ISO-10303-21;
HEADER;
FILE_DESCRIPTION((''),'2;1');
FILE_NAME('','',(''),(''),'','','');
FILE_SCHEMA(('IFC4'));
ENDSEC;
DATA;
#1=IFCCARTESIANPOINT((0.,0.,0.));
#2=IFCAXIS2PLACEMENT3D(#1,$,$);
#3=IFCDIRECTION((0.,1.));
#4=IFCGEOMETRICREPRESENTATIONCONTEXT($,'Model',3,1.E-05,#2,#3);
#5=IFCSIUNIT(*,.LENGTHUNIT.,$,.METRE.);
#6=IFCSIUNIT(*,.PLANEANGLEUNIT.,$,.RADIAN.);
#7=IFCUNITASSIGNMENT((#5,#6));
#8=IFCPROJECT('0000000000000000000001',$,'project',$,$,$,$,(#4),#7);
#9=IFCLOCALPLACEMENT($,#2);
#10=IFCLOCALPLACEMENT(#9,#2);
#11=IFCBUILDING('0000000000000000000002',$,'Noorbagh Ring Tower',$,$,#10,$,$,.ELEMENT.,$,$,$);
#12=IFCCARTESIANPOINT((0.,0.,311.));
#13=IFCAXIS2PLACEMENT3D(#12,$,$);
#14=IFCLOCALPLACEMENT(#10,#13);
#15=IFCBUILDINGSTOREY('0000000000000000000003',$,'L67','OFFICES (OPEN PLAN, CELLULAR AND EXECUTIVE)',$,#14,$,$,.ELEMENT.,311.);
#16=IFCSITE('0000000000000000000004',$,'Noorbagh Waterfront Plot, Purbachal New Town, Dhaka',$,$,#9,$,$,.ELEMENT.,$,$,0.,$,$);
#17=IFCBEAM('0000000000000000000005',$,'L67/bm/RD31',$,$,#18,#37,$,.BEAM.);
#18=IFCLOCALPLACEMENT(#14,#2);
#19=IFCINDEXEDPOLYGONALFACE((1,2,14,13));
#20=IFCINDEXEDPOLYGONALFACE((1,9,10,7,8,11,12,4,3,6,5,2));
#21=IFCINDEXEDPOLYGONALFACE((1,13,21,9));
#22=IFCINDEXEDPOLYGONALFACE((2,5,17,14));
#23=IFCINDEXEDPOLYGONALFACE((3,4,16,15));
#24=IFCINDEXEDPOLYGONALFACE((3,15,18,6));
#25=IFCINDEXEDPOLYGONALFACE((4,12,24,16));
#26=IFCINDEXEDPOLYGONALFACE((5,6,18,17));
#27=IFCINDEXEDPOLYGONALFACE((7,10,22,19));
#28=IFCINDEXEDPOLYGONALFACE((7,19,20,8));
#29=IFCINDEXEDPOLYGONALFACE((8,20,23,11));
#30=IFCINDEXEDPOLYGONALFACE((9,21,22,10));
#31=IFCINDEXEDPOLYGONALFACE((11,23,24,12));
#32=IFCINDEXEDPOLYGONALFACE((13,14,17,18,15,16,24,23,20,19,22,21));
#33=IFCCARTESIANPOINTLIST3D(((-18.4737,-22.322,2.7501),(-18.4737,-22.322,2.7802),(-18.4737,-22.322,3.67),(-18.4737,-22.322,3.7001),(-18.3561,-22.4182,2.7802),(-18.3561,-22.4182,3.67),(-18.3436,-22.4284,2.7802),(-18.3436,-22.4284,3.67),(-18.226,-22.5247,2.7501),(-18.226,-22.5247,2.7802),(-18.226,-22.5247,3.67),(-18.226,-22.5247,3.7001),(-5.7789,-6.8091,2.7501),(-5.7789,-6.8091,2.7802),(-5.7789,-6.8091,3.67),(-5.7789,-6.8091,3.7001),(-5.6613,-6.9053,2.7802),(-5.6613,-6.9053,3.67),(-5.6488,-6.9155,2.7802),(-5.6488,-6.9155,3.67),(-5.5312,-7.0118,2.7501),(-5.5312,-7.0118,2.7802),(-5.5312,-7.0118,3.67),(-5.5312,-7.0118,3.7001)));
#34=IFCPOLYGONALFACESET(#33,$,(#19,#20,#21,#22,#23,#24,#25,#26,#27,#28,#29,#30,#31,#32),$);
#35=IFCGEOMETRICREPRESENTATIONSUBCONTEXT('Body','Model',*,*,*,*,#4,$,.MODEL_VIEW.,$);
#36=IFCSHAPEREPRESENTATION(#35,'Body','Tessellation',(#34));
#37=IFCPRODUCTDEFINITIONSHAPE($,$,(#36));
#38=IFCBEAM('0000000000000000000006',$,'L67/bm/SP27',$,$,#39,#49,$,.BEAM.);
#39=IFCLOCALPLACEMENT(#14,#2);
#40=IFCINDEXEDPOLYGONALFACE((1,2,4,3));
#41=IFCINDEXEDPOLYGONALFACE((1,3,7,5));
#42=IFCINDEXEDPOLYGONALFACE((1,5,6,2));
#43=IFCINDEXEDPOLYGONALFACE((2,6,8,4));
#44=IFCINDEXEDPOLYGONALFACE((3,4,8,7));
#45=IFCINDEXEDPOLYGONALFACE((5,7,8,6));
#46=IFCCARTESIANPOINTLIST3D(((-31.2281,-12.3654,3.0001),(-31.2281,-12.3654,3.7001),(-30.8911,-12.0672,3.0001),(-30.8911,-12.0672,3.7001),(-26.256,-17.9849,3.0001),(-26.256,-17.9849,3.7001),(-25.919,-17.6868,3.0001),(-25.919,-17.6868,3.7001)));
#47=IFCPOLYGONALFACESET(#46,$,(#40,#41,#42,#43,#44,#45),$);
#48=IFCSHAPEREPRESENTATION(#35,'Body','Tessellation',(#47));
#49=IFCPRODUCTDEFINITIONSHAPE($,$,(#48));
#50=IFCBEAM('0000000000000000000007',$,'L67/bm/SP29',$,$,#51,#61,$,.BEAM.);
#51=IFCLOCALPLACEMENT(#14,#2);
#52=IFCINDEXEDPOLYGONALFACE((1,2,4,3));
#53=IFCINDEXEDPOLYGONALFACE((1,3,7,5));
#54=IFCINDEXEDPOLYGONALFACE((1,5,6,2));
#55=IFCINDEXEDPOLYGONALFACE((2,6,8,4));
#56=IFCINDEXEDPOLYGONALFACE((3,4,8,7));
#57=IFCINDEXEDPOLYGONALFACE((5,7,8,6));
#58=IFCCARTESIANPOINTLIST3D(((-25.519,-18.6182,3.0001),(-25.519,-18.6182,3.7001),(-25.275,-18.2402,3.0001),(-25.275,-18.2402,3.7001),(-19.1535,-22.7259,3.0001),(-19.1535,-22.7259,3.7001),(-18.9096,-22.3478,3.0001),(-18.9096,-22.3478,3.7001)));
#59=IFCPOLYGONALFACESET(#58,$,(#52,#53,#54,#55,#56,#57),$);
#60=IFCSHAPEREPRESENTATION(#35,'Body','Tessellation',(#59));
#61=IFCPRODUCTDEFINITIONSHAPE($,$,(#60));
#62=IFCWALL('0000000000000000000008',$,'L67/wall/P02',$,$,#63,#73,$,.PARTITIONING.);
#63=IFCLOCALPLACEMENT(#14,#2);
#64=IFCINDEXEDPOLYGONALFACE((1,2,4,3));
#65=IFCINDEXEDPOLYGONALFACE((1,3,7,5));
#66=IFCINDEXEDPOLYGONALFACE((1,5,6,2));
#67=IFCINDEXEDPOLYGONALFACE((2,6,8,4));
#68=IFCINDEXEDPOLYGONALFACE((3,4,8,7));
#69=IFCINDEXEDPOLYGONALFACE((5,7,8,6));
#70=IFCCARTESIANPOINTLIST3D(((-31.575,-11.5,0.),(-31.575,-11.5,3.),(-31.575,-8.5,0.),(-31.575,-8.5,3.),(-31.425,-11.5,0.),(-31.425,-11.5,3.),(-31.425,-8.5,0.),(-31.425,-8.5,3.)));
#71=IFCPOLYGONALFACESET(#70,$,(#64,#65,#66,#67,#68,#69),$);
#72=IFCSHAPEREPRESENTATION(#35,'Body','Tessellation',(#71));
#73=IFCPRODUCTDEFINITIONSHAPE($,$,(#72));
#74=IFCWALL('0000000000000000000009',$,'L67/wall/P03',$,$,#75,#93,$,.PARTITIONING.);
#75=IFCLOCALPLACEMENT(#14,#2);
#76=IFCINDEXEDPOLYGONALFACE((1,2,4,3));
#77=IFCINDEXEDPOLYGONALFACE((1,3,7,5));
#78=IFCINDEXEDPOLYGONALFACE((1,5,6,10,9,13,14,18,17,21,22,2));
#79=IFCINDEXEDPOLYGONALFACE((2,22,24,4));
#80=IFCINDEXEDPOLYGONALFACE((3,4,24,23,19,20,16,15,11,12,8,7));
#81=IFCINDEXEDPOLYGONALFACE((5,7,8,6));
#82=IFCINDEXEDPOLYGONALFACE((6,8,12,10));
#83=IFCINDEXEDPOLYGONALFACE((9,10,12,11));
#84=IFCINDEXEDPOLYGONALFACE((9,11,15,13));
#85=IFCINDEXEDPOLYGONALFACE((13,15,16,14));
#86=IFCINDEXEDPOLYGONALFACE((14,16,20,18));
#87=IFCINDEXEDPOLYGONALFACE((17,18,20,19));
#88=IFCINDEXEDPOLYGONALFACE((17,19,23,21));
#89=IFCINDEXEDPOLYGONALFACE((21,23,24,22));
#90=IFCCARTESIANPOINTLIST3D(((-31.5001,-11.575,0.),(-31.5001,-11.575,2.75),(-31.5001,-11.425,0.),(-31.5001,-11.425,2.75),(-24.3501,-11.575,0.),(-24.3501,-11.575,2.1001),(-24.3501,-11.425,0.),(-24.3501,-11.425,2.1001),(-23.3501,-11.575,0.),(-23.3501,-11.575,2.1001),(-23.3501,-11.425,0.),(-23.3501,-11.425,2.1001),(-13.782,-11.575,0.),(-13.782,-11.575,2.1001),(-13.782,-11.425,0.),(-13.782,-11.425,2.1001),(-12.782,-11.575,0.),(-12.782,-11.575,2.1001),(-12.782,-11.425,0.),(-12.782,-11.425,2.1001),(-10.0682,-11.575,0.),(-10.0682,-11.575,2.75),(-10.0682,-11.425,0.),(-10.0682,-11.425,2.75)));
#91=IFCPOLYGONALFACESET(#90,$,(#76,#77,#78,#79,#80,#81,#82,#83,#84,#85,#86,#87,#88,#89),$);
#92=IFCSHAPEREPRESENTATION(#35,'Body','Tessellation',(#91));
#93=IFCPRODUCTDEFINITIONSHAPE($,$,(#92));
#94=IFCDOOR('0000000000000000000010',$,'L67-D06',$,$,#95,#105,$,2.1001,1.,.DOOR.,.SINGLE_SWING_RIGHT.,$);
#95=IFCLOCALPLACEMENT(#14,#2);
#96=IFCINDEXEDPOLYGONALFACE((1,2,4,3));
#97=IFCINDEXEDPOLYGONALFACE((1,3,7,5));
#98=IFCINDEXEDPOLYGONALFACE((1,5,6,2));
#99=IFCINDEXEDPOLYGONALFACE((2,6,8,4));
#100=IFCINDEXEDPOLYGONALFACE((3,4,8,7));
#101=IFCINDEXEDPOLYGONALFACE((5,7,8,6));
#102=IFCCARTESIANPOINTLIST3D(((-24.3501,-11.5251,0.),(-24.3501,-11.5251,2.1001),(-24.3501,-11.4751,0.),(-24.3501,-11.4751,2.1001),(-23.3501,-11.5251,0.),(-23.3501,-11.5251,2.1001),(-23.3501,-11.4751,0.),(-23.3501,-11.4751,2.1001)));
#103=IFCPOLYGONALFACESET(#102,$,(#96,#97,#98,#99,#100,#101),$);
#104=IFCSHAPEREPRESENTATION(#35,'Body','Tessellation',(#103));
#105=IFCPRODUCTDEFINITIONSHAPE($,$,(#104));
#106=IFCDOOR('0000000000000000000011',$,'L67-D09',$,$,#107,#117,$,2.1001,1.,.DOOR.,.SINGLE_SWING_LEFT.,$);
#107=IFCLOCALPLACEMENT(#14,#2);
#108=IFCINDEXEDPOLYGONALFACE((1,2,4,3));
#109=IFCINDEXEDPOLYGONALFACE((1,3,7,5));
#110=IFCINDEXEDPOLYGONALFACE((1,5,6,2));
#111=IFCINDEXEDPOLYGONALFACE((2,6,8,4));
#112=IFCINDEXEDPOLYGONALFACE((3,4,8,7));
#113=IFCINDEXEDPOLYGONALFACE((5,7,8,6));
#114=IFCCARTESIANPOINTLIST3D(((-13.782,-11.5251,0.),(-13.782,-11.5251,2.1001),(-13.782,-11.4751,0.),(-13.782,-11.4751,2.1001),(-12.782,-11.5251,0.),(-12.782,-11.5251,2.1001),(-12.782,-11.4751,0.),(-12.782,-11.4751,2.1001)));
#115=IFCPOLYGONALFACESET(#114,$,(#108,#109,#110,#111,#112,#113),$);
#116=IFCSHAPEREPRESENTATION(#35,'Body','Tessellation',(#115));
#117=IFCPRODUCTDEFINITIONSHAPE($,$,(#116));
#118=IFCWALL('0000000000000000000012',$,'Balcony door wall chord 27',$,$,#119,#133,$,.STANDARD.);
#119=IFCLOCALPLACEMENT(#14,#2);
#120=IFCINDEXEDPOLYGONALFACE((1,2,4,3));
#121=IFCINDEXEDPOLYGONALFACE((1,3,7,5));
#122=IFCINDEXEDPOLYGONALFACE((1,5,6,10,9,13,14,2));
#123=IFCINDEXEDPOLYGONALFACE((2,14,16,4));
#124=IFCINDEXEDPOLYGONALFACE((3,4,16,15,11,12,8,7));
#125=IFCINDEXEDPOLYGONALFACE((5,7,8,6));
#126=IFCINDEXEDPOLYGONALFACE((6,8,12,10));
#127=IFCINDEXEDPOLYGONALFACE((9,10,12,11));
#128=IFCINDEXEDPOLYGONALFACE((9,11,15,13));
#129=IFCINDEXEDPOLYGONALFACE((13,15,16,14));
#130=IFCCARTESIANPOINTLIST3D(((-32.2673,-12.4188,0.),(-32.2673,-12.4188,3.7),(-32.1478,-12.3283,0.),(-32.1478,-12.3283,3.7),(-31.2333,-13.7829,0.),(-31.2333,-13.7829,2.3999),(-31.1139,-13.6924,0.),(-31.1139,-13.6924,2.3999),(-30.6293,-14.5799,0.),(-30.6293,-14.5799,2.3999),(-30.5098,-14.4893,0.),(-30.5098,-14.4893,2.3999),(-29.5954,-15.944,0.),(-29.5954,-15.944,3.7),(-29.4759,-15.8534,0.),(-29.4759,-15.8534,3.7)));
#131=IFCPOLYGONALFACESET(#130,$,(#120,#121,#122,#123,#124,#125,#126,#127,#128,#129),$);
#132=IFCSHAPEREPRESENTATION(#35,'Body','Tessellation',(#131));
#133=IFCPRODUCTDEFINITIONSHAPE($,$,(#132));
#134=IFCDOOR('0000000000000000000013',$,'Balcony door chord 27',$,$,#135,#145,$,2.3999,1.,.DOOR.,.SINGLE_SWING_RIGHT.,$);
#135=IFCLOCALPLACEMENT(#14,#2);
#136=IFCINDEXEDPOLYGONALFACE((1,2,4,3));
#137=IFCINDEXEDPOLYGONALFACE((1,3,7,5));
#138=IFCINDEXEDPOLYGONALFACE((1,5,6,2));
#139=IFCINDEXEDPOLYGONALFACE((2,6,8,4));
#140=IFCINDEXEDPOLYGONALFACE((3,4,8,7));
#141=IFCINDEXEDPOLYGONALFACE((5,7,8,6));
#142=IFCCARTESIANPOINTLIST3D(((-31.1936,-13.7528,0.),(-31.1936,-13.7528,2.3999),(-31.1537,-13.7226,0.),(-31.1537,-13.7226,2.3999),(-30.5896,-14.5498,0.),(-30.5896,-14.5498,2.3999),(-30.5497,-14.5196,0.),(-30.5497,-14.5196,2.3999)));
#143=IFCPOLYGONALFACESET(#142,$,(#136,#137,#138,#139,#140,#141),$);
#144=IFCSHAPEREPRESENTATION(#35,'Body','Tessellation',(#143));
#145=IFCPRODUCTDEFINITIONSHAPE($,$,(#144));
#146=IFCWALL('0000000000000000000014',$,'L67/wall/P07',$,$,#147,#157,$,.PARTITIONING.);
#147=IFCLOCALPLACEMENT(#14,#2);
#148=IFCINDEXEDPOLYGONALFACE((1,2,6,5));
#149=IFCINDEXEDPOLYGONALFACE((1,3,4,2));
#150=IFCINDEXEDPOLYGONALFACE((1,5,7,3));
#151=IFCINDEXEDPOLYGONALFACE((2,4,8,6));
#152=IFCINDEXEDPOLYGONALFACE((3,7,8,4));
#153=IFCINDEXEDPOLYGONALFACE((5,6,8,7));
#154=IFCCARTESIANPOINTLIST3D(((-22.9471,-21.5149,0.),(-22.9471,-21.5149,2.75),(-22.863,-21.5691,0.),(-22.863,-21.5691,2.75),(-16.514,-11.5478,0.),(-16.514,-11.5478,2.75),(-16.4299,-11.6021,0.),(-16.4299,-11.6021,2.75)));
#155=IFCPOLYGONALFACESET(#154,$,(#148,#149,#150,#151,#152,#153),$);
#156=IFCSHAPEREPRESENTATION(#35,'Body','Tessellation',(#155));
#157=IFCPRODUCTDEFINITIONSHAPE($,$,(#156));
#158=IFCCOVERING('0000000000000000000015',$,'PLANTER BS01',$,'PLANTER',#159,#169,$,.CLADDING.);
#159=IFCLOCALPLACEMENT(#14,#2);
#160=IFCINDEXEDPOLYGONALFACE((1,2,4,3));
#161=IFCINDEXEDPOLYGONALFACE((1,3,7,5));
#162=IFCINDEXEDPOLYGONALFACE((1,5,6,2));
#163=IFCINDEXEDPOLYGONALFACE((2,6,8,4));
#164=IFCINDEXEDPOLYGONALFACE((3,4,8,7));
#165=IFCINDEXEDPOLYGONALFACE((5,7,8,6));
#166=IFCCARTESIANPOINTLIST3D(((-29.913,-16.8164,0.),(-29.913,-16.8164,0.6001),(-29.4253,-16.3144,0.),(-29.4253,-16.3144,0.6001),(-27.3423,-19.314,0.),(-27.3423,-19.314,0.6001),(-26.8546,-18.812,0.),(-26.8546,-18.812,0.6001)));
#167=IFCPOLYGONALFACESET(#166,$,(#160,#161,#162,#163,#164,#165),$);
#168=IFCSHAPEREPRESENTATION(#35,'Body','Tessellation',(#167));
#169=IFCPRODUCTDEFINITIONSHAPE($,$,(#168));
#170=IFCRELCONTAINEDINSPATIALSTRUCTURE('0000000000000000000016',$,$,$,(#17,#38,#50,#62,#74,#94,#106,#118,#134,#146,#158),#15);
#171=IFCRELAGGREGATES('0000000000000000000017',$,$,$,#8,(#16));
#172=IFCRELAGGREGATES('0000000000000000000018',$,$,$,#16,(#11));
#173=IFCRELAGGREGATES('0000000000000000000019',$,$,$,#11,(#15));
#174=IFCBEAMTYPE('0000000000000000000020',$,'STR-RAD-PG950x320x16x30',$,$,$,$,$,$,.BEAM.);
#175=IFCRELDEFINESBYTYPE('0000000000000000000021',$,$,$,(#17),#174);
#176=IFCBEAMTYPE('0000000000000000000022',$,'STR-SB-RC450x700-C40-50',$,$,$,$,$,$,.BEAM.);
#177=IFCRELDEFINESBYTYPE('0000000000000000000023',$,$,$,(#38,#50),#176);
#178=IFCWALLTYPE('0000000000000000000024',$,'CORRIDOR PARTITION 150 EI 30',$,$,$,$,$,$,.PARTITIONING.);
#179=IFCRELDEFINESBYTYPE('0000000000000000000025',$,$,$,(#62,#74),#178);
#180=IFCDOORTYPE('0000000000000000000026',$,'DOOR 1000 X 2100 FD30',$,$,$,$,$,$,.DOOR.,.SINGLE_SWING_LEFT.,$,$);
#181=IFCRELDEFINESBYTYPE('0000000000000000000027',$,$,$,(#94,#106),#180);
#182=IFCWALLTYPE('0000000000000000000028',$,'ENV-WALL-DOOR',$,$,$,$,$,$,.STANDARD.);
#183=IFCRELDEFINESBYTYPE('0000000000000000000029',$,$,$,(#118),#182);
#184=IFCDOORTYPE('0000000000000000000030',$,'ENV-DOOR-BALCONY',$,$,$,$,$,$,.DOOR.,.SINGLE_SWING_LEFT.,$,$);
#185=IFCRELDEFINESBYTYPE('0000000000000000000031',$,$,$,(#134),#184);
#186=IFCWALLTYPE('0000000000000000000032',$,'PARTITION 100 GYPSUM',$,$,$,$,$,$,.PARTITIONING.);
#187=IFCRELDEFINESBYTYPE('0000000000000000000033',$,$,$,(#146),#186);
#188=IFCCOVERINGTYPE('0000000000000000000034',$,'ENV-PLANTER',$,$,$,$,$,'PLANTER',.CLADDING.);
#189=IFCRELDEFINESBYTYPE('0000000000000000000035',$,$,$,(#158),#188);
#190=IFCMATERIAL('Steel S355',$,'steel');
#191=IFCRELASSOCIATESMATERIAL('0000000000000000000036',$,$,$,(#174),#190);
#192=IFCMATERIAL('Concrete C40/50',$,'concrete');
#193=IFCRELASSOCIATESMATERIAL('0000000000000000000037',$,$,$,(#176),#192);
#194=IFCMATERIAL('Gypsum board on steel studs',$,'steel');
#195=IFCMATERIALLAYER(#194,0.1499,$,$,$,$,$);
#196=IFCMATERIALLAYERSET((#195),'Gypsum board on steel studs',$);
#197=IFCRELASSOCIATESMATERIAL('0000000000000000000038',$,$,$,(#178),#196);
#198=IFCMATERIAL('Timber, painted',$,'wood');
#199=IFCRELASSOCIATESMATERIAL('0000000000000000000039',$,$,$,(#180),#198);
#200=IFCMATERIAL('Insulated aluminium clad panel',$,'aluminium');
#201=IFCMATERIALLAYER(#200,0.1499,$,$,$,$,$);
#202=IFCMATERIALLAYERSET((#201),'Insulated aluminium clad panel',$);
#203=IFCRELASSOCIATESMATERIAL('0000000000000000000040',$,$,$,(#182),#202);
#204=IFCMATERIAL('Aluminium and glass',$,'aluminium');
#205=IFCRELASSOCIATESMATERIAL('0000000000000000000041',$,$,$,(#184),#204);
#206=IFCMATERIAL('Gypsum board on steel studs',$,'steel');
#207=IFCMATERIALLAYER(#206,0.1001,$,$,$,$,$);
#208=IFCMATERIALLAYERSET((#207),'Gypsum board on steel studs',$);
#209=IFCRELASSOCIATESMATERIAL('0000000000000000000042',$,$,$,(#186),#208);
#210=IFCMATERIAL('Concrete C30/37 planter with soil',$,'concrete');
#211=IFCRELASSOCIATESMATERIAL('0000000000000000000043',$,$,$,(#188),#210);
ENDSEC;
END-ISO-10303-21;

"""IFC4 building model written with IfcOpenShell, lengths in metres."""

from ifc_helpers import new_model, si_unit, direction, frame, frame_2d, origin, origin_2d, place, context, subcontext, project, spatial, rectangle, i_section, extrude, material, layer, layer_set, material_profile, profile_set, type_object, element, fill, save


model = new_model("IFC4")

# Units and contexts
model_context = context("Model", 3, precision=1e-05, world=origin(), true_north=direction((0.0, 1.0)))
body_context = subcontext(model_context, "Body", "Model", "MODEL_VIEW")
ifc_project = project(units=[si_unit("LENGTHUNIT", "METRE"), si_unit("PLANEANGLEUNIT", "RADIAN")], contexts=[model_context])

# Site, building, storey
site_placement = place(None, origin())
site = spatial("IfcSite", under=ifc_project, at=site_placement, Name="Noorbagh Waterfront Plot, Purbachal New Town, Dhaka", CompositionType="ELEMENT", RefElevation=0.0)
building_placement = place(site_placement, origin())
building = spatial("IfcBuilding", under=site, at=building_placement, Name="Noorbagh Ring Tower", CompositionType="ELEMENT")
storey_placement = place(building_placement, frame((0.0, 0.0, 311.0)))
storey = spatial("IfcBuildingStorey", under=building, at=storey_placement, Name="L67", Description="OFFICES (OPEN PLAN, CELLULAR AND EXECUTIVE)", CompositionType="ELEMENT", Elevation=311.0)

# Beams
ifc_material_1 = material(Name="Steel S355", Category="steel")
ifc_material_profile_1 = material_profile(ifc_material_1, i_section(OverallWidth=0.3201, OverallDepth=0.95, WebThickness=0.0161, FlangeThickness=0.03, at=origin_2d()), Name="PG950x320x16x30")
ifc_profile_set_1 = profile_set([ifc_material_profile_1], Name="Steel S355")
beam_type_1 = type_object("IfcBeamType", Name="STR-RAD-PG950x320x16x30", PredefinedType="BEAM", material=ifc_profile_set_1)
beam_1_placement = place(storey_placement, frame((-18.3499, -22.4233, 3.2251), z_axis=(0.63331, 0.773898, 0.0), x_axis=(-0.773898, 0.63331, 0.0)))
element("IfcBeam", 1, at=beam_1_placement, inside=storey, type_object=beam_type_1, Name="L67/bm/RD31", PredefinedType="BEAM", context=body_context, shape_type="SweptSolid", body=[
    extrude(i_section(OverallWidth=0.3201, OverallDepth=0.95, WebThickness=0.0161, FlangeThickness=0.03, at=origin_2d()), origin(), (0.0, 0.0, 1.0), 20.0452),
])
ifc_material_2 = material(Name="Concrete C40/50", Category="concrete")
ifc_material_profile_2 = material_profile(ifc_material_2, rectangle(XDim=0.45, YDim=0.7, at=origin_2d()), Name="RC450x700")
ifc_profile_set_2 = profile_set([ifc_material_profile_2], Name="Concrete C40/50")
beam_type_2 = type_object("IfcBeamType", Name="STR-SB-RC450x700-C40-50", PredefinedType="BEAM", material=ifc_profile_set_2)
beam_2_placement = place(storey_placement, frame((-31.0596, -12.2163, 3.3501), z_axis=(0.662645, -0.748933, 0.0), x_axis=(0.748933, 0.662645, 0.0)))
element("IfcBeam", 2, at=beam_2_placement, inside=storey, type_object=beam_type_2, Name="L67/bm/SP27", PredefinedType="BEAM", context=body_context, shape_type="SweptSolid", body=[
    extrude(rectangle(XDim=0.45, YDim=0.7, at=origin_2d()), origin(), (0.0, 0.0, 1.0), 7.5034),
])
beam_3_placement = place(storey_placement, frame((-25.397, -18.4292, 3.3501), z_axis=(0.840242, -0.542211, 0.0), x_axis=(0.542211, 0.840242, 0.0)))
element("IfcBeam", 3, at=beam_3_placement, inside=storey, type_object=beam_type_2, Name="L67/bm/SP29", PredefinedType="BEAM", context=body_context, shape_type="SweptSolid", body=[
    extrude(rectangle(XDim=0.45, YDim=0.7, at=origin_2d()), origin(), (0.0, 0.0, 1.0), 7.5757),
])

# Wall
ifc_material_3 = material(Name="Gypsum board on steel studs", Category="steel")
ifc_layer_1 = layer(ifc_material_3, 0.1499)
ifc_layer_set_1 = layer_set([ifc_layer_1], Name="Gypsum board on steel studs")
wall_type_1 = type_object("IfcWallType", Name="CORRIDOR PARTITION 150 EI 30", PredefinedType="PARTITIONING", material=ifc_layer_set_1)
wall_1_placement = place(storey_placement, frame((-31.5, -11.5, 0.0), z_axis=(0.0, 0.0, 1.0), x_axis=(0.0, 1.0, 0.0)))
element("IfcWall", 4, at=wall_1_placement, inside=storey, type_object=wall_type_1, Name="L67/wall/P02", PredefinedType="PARTITIONING", context=body_context, shape_type="SweptSolid", body=[
    extrude(rectangle(XDim=3.0, YDim=0.1499, at=frame_2d((1.5, 0.0))), origin(), (0.0, 0.0, 1.0), 3.0),
])

# Wall, openings, doors
wall_2_placement = place(storey_placement, frame((-31.5, -11.5, 0.0), z_axis=(0.0, 0.0, 1.0), x_axis=(1.0, 0.0, 0.0)))
wall_2 = element("IfcWall", 5, at=wall_2_placement, inside=storey, type_object=wall_type_1, Name="L67/wall/P03", PredefinedType="PARTITIONING", context=body_context, shape_type="SweptSolid", body=[
    extrude(rectangle(XDim=21.4319, YDim=0.1499, at=frame_2d((10.7158, 0.0))), origin(), (0.0, 0.0, 1.0), 2.75),
])
opening_1_placement = place(wall_2_placement, frame((7.1499, 0.0, 0.0)))
opening_1 = element("IfcOpeningElement", 6, at=opening_1_placement, cuts=wall_2, PredefinedType="OPENING", context=body_context, shape_type="SweptSolid", body=[
    extrude(rectangle(XDim=1.0, YDim=2.1001, at=frame_2d((0.5, 1.05))), frame((0.0, 0.085, 0.0), z_axis=(0.0, -1.0, 0.0), x_axis=(1.0, 0.0, 0.0)), (0.0, 0.0, 1.0), 0.1699),
])
opening_2_placement = place(wall_2_placement, frame((17.718, 0.0, 0.0)))
opening_2 = element("IfcOpeningElement", 7, at=opening_2_placement, cuts=wall_2, PredefinedType="OPENING", context=body_context, shape_type="SweptSolid", body=[
    extrude(rectangle(XDim=1.0, YDim=2.1001, at=frame_2d((0.5, 1.05))), frame((0.0, 0.085, 0.0), z_axis=(0.0, -1.0, 0.0), x_axis=(1.0, 0.0, 0.0)), (0.0, 0.0, 1.0), 0.1699),
])
ifc_material_4 = material(Name="Timber, painted", Category="wood")
door_type_1 = type_object("IfcDoorType", Name="DOOR 1000 X 2100 FD30", OperationType="SINGLE_SWING_LEFT", PredefinedType="DOOR", material=ifc_material_4)
door_1_placement = place(opening_1_placement, origin())
door_1 = element("IfcDoor", 8, at=door_1_placement, inside=storey, type_object=door_type_1, Name="L67-D06", OperationType="SINGLE_SWING_RIGHT", OverallHeight=2.1001, OverallWidth=1.0, PredefinedType="DOOR", context=body_context, shape_type="SweptSolid", body=[
    extrude(rectangle(XDim=1.0, YDim=2.1001, at=frame_2d((0.5, 1.05))), frame((0.0, 0.0249, 0.0), z_axis=(0.0, -1.0, 0.0), x_axis=(1.0, 0.0, 0.0)), (0.0, 0.0, 1.0), 0.05),
])
fill(opening_1, door_1)
door_2_placement = place(opening_2_placement, origin())
door_2 = element("IfcDoor", 9, at=door_2_placement, inside=storey, type_object=door_type_1, Name="L67-D09", OperationType="SINGLE_SWING_LEFT", OverallHeight=2.1001, OverallWidth=1.0, PredefinedType="DOOR", context=body_context, shape_type="SweptSolid", body=[
    extrude(rectangle(XDim=1.0, YDim=2.1001, at=frame_2d((0.5, 1.05))), frame((0.0, 0.0249, 0.0), z_axis=(0.0, -1.0, 0.0), x_axis=(1.0, 0.0, 0.0)), (0.0, 0.0, 1.0), 0.05),
])
fill(opening_2, door_2)

# Wall, opening, door
ifc_material_5 = material(Name="Insulated aluminium clad panel", Category="aluminium")
ifc_layer_2 = layer(ifc_material_5, 0.1499)
ifc_layer_set_2 = layer_set([ifc_layer_2], Name="Insulated aluminium clad panel")
wall_type_2 = type_object("IfcWallType", Name="ENV-WALL-DOOR", PredefinedType="STANDARD", material=ifc_layer_set_2)
wall_3_placement = place(storey_placement, frame((-32.2075, -12.3735, 0.0), z_axis=(0.0, 0.0, 1.0), x_axis=(0.604046, -0.79695, 0.0)))
wall_3 = element("IfcWall", 10, at=wall_3_placement, inside=storey, type_object=wall_type_2, Name="Balcony door wall chord 27", PredefinedType="STANDARD", context=body_context, shape_type="SweptSolid", body=[
    extrude(rectangle(XDim=4.4233, YDim=0.1499, at=frame_2d((2.2117, 0.0))), origin(), (0.0, 0.0, 1.0), 3.7),
])
opening_3_placement = place(wall_3_placement, frame((1.7117, 0.0, 0.0)))
opening_3 = element("IfcOpeningElement", 11, at=opening_3_placement, cuts=wall_3, PredefinedType="OPENING", context=body_context, shape_type="SweptSolid", body=[
    extrude(rectangle(XDim=1.0, YDim=2.3999, at=frame_2d((0.5, 1.2))), frame((0.0, 0.085, 0.0), z_axis=(0.0, -1.0, 0.0), x_axis=(1.0, 0.0, 0.0)), (0.0, 0.0, 1.0), 0.1699),
])
ifc_material_6 = material(Name="Aluminium and glass", Category="aluminium")
door_type_2 = type_object("IfcDoorType", Name="ENV-DOOR-BALCONY", OperationType="SINGLE_SWING_LEFT", PredefinedType="DOOR", material=ifc_material_6)
door_3_placement = place(opening_3_placement, origin())
door_3 = element("IfcDoor", 12, at=door_3_placement, inside=storey, type_object=door_type_2, Name="Balcony door chord 27", OperationType="SINGLE_SWING_RIGHT", OverallHeight=2.3999, OverallWidth=1.0, PredefinedType="DOOR", context=body_context, shape_type="SweptSolid", body=[
    extrude(rectangle(XDim=1.0, YDim=2.3999, at=frame_2d((0.5, 1.2))), frame((0.0, 0.0249, 0.0), z_axis=(0.0, -1.0, 0.0), x_axis=(1.0, 0.0, 0.0)), (0.0, 0.0, 1.0), 0.05),
])
fill(opening_3, door_3)

# Wall
ifc_material_7 = material(Name="Gypsum board on steel studs", Category="steel")
ifc_layer_3 = layer(ifc_material_7, 0.1001)
ifc_layer_set_3 = layer_set([ifc_layer_3], Name="Gypsum board on steel studs")
wall_type_3 = type_object("IfcWallType", Name="PARTITION 100 GYPSUM", PredefinedType="PARTITIONING", material=ifc_layer_set_3)
wall_4_placement = place(storey_placement, frame((-22.905, -21.542, 0.0), z_axis=(0.0, 0.0, 1.0), x_axis=(0.542291, 0.840191, 0.0)))
element("IfcWall", 13, at=wall_4_placement, inside=storey, type_object=wall_type_3, Name="L67/wall/P07", PredefinedType="PARTITIONING", context=body_context, shape_type="SweptSolid", body=[
    extrude(rectangle(XDim=11.8628, YDim=0.1001, at=frame_2d((5.9314, 0.0))), origin(), (0.0, 0.0, 1.0), 2.75),
])

# Covering
ifc_material_8 = material(Name="Concrete C30/37 planter with soil", Category="concrete")
covering_type = type_object("IfcCoveringType", Name="ENV-PLANTER", ElementType="PLANTER", PredefinedType="CLADDING", material=ifc_material_8)
covering_placement = place(storey_placement, frame((-28.3838, -17.8142, 0.0), z_axis=(0.0, 0.0, 1.0), x_axis=(0.717225, -0.696842, 0.0)))
element("IfcCovering", 14, at=covering_placement, inside=storey, type_object=covering_type, Name="PLANTER BS01", ObjectType="PLANTER", PredefinedType="CLADDING", context=body_context, shape_type="SweptSolid", body=[
    extrude(rectangle(XDim=3.5842, YDim=0.7, at=origin_2d()), origin(), (0.0, 0.0, 1.0), 0.6001),
])

save(model, "model.ifc")
